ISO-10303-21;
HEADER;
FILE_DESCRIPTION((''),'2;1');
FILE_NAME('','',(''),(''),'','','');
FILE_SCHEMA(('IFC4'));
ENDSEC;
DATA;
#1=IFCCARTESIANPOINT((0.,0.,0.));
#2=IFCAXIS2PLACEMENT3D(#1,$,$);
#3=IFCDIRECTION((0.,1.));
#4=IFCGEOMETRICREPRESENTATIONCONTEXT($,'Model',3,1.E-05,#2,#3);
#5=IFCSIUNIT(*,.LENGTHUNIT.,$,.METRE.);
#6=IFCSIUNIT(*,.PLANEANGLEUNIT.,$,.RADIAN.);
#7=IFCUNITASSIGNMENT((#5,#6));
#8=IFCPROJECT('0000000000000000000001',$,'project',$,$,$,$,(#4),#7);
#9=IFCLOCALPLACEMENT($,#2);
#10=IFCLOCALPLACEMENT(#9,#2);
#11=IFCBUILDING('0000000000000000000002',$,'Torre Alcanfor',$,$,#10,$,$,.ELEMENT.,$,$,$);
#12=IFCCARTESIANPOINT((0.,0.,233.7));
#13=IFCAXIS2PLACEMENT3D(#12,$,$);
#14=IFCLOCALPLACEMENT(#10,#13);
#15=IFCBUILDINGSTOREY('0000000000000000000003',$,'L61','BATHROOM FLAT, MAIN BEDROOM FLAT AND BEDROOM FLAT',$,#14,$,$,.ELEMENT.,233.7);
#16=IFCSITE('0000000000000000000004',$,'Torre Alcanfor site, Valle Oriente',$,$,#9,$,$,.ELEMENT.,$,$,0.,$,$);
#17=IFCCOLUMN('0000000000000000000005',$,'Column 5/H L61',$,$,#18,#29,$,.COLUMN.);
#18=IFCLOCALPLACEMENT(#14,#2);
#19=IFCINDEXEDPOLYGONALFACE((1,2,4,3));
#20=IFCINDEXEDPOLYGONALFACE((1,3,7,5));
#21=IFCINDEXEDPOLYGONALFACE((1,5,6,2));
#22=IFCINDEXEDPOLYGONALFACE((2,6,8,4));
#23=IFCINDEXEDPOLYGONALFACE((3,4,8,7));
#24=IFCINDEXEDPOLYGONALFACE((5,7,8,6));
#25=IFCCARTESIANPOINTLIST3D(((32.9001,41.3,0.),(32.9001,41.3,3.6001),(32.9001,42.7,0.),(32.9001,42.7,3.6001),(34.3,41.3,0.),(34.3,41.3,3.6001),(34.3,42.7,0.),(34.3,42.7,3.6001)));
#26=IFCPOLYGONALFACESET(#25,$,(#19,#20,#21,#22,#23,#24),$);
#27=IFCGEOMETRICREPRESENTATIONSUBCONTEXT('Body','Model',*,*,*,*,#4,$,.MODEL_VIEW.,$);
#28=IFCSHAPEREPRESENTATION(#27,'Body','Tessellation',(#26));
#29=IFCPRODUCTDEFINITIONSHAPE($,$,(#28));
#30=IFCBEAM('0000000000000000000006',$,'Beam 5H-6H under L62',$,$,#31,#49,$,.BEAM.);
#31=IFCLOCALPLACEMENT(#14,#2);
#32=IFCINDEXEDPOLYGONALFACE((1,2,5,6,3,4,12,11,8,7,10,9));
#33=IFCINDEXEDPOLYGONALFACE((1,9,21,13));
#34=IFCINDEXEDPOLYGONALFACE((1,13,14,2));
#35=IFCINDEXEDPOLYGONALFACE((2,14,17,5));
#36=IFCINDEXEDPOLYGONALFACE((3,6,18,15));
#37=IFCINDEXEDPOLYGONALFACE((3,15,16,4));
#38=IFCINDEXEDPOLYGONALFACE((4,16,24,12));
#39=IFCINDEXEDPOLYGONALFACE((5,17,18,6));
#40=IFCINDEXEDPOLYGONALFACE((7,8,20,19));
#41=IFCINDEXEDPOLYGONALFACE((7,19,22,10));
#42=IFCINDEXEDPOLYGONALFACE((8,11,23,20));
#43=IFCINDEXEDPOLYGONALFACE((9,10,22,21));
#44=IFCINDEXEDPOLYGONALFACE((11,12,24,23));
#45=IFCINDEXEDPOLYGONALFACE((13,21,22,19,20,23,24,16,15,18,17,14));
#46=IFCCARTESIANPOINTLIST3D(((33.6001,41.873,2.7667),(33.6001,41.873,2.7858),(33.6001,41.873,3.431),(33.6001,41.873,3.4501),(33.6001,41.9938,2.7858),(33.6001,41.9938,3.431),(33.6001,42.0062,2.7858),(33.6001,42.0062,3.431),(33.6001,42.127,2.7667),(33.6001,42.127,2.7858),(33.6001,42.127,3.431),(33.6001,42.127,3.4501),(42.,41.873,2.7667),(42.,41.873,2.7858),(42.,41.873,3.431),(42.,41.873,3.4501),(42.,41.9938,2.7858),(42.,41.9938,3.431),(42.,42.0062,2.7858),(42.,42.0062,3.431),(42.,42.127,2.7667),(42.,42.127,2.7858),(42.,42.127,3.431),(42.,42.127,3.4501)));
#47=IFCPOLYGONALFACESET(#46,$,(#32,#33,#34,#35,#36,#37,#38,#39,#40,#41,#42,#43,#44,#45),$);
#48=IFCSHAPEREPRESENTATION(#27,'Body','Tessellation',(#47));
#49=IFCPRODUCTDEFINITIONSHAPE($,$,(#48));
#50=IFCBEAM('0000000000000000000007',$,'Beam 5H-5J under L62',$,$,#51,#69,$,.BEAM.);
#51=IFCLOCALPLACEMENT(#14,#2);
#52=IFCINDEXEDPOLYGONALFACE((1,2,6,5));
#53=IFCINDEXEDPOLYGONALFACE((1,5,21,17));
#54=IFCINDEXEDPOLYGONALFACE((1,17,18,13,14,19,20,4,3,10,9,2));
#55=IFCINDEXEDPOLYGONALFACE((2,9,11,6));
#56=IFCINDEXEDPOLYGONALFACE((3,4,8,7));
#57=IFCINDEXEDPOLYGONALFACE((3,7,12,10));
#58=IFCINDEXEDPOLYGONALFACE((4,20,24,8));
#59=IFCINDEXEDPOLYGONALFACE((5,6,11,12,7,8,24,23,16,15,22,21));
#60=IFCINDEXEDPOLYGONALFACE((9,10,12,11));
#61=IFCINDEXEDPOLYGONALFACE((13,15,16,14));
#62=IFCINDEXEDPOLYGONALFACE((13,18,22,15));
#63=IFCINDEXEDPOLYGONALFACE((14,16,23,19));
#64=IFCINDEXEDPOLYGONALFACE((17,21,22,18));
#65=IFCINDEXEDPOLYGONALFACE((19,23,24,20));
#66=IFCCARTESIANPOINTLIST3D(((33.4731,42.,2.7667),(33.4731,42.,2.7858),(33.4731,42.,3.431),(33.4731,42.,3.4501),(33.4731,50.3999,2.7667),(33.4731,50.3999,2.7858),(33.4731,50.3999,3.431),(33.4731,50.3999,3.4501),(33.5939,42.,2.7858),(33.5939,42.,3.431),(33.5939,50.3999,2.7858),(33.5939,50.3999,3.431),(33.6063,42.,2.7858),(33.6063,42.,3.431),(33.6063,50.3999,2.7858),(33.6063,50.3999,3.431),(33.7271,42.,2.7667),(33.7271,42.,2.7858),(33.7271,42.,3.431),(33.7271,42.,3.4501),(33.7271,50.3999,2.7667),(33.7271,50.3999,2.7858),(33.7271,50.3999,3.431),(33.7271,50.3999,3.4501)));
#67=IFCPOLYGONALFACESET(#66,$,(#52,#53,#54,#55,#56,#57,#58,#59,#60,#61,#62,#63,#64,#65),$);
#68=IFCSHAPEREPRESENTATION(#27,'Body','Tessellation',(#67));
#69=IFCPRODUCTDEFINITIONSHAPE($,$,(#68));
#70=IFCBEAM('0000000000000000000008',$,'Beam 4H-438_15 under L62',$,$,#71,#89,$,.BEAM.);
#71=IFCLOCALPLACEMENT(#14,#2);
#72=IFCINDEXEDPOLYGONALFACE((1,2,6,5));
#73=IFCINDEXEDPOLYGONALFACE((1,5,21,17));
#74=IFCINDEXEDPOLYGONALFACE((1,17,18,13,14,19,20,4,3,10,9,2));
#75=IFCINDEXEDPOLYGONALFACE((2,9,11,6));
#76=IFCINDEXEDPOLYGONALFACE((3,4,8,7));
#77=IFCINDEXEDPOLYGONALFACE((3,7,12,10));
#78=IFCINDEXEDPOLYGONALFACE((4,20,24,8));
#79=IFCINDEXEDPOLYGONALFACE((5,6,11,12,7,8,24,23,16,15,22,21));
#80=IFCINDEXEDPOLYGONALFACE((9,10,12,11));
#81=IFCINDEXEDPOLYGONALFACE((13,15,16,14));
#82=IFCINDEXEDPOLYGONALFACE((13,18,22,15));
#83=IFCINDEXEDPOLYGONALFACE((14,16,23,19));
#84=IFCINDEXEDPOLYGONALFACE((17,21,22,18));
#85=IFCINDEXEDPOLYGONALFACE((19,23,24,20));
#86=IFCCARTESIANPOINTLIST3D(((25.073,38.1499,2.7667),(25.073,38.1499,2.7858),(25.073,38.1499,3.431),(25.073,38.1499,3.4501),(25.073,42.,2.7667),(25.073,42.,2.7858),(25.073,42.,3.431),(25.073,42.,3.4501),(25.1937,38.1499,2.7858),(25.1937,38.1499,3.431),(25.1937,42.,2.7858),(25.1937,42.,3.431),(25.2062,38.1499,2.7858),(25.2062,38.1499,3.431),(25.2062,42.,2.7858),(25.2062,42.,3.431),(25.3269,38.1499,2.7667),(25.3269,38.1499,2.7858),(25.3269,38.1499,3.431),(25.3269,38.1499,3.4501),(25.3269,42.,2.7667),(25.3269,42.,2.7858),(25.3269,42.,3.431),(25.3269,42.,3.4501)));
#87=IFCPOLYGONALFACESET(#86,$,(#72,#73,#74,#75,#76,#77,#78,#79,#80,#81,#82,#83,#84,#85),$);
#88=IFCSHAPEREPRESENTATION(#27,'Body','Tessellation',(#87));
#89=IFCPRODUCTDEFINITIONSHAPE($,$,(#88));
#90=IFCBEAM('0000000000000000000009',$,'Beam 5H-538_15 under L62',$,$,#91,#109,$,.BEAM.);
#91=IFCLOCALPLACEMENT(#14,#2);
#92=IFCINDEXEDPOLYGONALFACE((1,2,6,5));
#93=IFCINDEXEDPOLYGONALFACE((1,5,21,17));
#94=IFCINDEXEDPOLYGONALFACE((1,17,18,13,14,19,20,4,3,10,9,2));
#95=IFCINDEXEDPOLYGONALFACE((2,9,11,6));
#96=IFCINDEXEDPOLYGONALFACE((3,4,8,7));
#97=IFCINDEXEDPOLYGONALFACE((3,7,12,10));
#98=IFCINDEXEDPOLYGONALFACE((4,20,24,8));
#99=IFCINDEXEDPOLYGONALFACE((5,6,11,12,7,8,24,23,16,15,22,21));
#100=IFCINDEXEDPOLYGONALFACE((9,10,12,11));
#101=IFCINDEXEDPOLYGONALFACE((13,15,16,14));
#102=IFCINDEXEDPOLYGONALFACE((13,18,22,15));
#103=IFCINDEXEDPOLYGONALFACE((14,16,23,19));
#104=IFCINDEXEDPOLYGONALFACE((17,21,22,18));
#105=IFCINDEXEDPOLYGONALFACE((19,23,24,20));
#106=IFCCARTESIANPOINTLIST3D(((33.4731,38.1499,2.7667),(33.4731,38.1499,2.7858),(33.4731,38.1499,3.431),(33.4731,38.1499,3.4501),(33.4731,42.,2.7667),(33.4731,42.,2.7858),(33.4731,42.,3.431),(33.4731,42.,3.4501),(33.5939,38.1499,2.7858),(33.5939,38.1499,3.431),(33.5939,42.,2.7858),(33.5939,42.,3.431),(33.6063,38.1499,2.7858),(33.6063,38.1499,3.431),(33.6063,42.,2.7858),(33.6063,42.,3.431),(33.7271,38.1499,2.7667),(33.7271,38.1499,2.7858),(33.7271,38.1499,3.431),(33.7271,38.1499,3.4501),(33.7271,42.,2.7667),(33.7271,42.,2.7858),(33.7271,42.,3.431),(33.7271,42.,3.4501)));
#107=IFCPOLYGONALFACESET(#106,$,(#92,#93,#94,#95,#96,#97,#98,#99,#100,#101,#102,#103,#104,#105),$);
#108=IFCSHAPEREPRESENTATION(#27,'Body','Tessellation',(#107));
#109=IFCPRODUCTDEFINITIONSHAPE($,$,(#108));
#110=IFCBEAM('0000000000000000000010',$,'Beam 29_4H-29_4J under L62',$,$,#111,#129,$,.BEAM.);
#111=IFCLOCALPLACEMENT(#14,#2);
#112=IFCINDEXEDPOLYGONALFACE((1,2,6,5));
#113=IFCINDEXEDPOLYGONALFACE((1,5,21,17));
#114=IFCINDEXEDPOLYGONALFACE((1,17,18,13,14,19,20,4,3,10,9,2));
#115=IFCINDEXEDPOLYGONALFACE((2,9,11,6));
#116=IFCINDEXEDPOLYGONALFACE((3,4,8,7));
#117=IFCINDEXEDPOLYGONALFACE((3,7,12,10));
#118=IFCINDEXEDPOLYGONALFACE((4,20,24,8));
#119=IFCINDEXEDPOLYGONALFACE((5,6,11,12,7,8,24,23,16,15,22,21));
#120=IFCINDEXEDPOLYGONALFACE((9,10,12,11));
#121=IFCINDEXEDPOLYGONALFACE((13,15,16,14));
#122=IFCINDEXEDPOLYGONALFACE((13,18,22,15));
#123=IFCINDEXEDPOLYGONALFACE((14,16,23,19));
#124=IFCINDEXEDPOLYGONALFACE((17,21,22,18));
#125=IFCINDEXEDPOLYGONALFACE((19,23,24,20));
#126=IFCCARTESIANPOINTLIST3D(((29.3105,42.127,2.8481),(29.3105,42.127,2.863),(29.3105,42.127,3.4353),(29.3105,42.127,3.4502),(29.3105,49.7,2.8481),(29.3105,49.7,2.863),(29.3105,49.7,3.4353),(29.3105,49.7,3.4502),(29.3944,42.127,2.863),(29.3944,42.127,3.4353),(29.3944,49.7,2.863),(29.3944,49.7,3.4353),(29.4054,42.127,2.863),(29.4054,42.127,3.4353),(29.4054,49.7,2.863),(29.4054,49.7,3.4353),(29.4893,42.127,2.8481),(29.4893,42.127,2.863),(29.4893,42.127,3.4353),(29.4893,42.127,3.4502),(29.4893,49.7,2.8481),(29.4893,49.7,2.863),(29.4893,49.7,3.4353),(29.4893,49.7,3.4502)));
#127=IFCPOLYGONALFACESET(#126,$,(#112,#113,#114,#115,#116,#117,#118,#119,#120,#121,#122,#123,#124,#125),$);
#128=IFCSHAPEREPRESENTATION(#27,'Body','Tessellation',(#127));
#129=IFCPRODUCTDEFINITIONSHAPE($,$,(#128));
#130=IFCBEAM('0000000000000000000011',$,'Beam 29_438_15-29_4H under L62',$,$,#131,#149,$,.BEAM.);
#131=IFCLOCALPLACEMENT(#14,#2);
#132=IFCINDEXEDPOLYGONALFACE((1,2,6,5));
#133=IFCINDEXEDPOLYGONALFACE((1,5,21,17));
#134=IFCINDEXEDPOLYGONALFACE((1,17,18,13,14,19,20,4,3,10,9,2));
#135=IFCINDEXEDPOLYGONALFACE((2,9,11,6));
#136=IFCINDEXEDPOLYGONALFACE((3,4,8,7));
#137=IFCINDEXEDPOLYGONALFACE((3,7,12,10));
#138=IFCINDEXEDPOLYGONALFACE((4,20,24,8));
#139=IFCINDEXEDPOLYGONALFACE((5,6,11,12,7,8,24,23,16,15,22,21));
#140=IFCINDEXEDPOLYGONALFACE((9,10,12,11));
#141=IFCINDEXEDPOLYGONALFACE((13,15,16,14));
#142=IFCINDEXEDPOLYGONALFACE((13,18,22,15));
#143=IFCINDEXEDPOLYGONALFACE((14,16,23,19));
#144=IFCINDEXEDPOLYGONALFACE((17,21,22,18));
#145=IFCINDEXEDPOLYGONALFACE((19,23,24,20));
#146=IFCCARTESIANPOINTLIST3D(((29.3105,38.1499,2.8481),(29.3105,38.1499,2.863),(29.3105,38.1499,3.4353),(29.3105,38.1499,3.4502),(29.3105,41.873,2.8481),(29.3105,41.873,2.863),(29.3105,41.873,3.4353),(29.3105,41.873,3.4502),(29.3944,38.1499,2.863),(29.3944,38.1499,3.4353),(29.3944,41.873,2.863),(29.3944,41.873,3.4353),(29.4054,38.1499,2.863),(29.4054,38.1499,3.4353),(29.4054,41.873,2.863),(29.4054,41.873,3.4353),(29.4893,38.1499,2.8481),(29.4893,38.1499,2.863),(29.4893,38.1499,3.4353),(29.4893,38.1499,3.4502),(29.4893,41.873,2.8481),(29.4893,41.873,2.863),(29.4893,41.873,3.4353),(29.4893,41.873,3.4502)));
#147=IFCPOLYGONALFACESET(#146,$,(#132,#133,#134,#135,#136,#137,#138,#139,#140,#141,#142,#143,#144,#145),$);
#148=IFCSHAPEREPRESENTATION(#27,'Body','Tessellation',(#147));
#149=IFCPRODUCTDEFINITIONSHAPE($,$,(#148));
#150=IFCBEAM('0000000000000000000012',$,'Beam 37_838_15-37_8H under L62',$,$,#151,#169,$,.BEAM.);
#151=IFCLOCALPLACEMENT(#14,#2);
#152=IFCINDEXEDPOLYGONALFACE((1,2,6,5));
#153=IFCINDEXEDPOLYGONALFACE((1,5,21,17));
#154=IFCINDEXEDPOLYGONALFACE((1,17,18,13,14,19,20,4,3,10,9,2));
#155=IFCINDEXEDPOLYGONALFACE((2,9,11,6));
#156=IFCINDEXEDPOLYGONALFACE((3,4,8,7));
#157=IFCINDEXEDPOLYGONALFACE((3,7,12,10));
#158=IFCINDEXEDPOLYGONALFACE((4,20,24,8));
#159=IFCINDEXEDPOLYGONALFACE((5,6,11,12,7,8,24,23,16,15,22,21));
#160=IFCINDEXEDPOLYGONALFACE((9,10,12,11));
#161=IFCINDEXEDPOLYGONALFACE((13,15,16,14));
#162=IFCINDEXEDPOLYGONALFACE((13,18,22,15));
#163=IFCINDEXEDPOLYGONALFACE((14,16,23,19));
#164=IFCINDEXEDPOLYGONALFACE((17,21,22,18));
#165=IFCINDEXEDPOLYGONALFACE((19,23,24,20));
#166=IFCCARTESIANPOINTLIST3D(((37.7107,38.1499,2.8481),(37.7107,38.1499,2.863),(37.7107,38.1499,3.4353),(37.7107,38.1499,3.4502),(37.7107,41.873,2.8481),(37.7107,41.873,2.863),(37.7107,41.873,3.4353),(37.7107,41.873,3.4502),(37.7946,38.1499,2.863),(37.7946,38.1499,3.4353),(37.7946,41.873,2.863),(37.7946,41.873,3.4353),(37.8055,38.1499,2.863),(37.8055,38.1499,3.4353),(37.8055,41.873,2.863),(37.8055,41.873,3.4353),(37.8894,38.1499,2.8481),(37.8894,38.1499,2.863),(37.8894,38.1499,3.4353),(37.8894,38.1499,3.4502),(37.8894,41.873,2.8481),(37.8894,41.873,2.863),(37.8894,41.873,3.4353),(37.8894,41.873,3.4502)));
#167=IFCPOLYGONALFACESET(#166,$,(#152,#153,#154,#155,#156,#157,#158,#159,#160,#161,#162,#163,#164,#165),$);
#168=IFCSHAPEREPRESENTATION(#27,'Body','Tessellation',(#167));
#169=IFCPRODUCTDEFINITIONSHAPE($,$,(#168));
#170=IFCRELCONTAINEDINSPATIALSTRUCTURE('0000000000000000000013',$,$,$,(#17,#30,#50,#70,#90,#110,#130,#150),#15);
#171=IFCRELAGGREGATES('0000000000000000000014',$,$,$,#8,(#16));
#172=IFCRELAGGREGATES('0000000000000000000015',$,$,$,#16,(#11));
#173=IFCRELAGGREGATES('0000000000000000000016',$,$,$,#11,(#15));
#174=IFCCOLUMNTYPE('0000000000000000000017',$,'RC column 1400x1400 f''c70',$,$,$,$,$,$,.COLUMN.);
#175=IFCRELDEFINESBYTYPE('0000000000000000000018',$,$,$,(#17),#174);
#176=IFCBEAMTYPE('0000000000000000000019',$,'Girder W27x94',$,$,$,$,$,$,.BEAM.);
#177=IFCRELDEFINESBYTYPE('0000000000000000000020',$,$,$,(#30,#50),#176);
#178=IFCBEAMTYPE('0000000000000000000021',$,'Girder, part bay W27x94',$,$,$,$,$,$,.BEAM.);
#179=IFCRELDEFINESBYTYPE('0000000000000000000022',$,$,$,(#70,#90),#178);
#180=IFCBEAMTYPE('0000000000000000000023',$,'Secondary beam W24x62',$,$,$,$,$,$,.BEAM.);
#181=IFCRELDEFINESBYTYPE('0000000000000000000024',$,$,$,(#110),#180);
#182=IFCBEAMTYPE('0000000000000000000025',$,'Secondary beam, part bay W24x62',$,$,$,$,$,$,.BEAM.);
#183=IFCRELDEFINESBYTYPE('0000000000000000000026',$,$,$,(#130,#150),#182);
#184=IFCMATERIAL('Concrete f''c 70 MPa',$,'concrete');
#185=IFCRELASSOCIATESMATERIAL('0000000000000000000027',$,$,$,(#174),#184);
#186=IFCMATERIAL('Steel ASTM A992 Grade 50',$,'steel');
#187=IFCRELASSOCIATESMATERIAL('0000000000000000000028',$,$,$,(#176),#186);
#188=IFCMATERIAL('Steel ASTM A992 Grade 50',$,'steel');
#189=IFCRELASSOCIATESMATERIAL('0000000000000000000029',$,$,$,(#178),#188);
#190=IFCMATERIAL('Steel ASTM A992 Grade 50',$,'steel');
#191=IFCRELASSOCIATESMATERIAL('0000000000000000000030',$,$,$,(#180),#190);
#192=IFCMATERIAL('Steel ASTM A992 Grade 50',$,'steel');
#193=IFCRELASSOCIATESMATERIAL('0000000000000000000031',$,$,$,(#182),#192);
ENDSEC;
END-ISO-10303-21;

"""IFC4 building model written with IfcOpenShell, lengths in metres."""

from ifc_helpers import new_model, si_unit, direction, frame, origin, origin_2d, place, context, subcontext, project, spatial, rectangle, i_section, extrude, material, material_profile, profile_set, type_object, element, save


model = new_model("IFC4")

# Units and contexts
model_context = context("Model", 3, precision=1e-05, world=origin(), true_north=direction((0.0, 1.0)))
body_context = subcontext(model_context, "Body", "Model", "MODEL_VIEW")
ifc_project = project(units=[si_unit("LENGTHUNIT", "METRE"), si_unit("PLANEANGLEUNIT", "RADIAN")], contexts=[model_context])

# Site, building, storey
site_placement = place(None, origin())
site = spatial("IfcSite", under=ifc_project, at=site_placement, Name="Torre Alcanfor site, Valle Oriente", CompositionType="ELEMENT", RefElevation=0.0)
building_placement = place(site_placement, origin())
building = spatial("IfcBuilding", under=site, at=building_placement, Name="Torre Alcanfor", CompositionType="ELEMENT")
storey_placement = place(building_placement, frame((0.0, 0.0, 233.7)))
storey = spatial("IfcBuildingStorey", under=building, at=storey_placement, Name="L61", Description="BATHROOM FLAT, MAIN BEDROOM FLAT AND BEDROOM FLAT", CompositionType="ELEMENT", Elevation=233.7)

# Column
ifc_material_1 = material(Name="Concrete f'c 70 MPa", Category="concrete")
ifc_material_profile_1 = material_profile(ifc_material_1, rectangle(XDim=1.3999, YDim=1.3999, at=origin_2d()), Name="1400x1400")
ifc_profile_set_1 = profile_set([ifc_material_profile_1], Name="Concrete f'c 70 MPa")
column_type = type_object("IfcColumnType", Name="RC column 1400x1400 f'c70", PredefinedType="COLUMN", material=ifc_profile_set_1)
column_placement = place(storey_placement, frame((33.6001, 42.0, 0.0), z_axis=(0.0, 0.0, 1.0), x_axis=(1.0, 0.0, 0.0)))
element("IfcColumn", 1, at=column_placement, inside=storey, type_object=column_type, Name="Column 5/H L61", PredefinedType="COLUMN", context=body_context, shape_type="SweptSolid", body=[
    extrude(rectangle(XDim=1.3999, YDim=1.3999, at=origin_2d()), origin(), (0.0, 0.0, 1.0), 3.6001),
])

# Beams
ifc_material_2 = material(Name="Steel ASTM A992 Grade 50", Category="steel")
ifc_material_profile_2 = material_profile(ifc_material_2, i_section(OverallWidth=0.2539, OverallDepth=0.6833, WebThickness=0.0125, FlangeThickness=0.019, at=origin_2d()), Name="W27x94")
ifc_profile_set_2 = profile_set([ifc_material_profile_2], Name="Steel ASTM A992 Grade 50")
beam_type_1 = type_object("IfcBeamType", Name="Girder W27x94", PredefinedType="BEAM", material=ifc_profile_set_2)
for number, where, z_axis, x_axis, name in (
    (2, (33.6001, 42.0, 3.1084), (1.0, 0.0, 0.0), (0.0, 1.0, 0.0), "Beam 5H-6H under L62"),
    (3, (33.6001, 42.0, 3.1084), (0.0, 1.0, 0.0), (-1.0, 0.0, 0.0), "Beam 5H-5J under L62"),
):
    element("IfcBeam", number, at=place(storey_placement, frame(where, z_axis=z_axis, x_axis=x_axis)), inside=storey, type_object=beam_type_1, Name=name, PredefinedType="BEAM", context=body_context, shape_type="SweptSolid", body=[
        extrude(i_section(OverallWidth=0.2539, OverallDepth=0.6833, WebThickness=0.0125, FlangeThickness=0.019, at=origin_2d()), origin(), (0.0, 0.0, 1.0), 8.3999),
    ])
ifc_material_3 = material(Name="Steel ASTM A992 Grade 50", Category="steel")
ifc_material_profile_3 = material_profile(ifc_material_3, i_section(OverallWidth=0.2539, OverallDepth=0.6833, WebThickness=0.0125, FlangeThickness=0.019, at=origin_2d()), Name="W27x94")
ifc_profile_set_3 = profile_set([ifc_material_profile_3], Name="Steel ASTM A992 Grade 50")
beam_type_2 = type_object("IfcBeamType", Name="Girder, part bay W27x94", PredefinedType="BEAM", material=ifc_profile_set_3)
for number, where, z_axis, x_axis, name in (
    (4, (25.2, 42.0, 3.1084), (0.0, -1.0, 0.0), (1.0, 0.0, 0.0), "Beam 4H-438_15 under L62"),
    (5, (33.6001, 42.0, 3.1084), (0.0, -1.0, 0.0), (1.0, 0.0, 0.0), "Beam 5H-538_15 under L62"),
):
    element("IfcBeam", number, at=place(storey_placement, frame(where, z_axis=z_axis, x_axis=x_axis)), inside=storey, type_object=beam_type_2, Name=name, PredefinedType="BEAM", context=body_context, shape_type="SweptSolid", body=[
        extrude(i_section(OverallWidth=0.2539, OverallDepth=0.6833, WebThickness=0.0125, FlangeThickness=0.019, at=origin_2d()), origin(), (0.0, 0.0, 1.0), 3.8501),
    ])
ifc_material_4 = material(Name="Steel ASTM A992 Grade 50", Category="steel")
ifc_material_profile_4 = material_profile(ifc_material_4, i_section(OverallWidth=0.1787, OverallDepth=0.6021, WebThickness=0.011, FlangeThickness=0.0149, at=origin_2d()), Name="W24x62")
ifc_profile_set_4 = profile_set([ifc_material_profile_4], Name="Steel ASTM A992 Grade 50")
beam_type_3 = type_object("IfcBeamType", Name="Secondary beam W24x62", PredefinedType="BEAM", material=ifc_profile_set_4)
beam_1_placement = place(storey_placement, frame((29.3999, 42.127, 3.1492), z_axis=(0.0, 1.0, 0.0), x_axis=(-1.0, 0.0, 0.0)))
element("IfcBeam", 6, at=beam_1_placement, inside=storey, type_object=beam_type_3, Name="Beam 29_4H-29_4J under L62", PredefinedType="BEAM", context=body_context, shape_type="SweptSolid", body=[
    extrude(i_section(OverallWidth=0.1787, OverallDepth=0.6021, WebThickness=0.011, FlangeThickness=0.0149, at=origin_2d()), origin(), (0.0, 0.0, 1.0), 7.573),
])
ifc_material_5 = material(Name="Steel ASTM A992 Grade 50", Category="steel")
ifc_material_profile_5 = material_profile(ifc_material_5, i_section(OverallWidth=0.1787, OverallDepth=0.6021, WebThickness=0.011, FlangeThickness=0.0149, at=origin_2d()), Name="W24x62")
ifc_profile_set_5 = profile_set([ifc_material_profile_5], Name="Steel ASTM A992 Grade 50")
beam_type_4 = type_object("IfcBeamType", Name="Secondary beam, part bay W24x62", PredefinedType="BEAM", material=ifc_profile_set_5)
for number, where, z_axis, x_axis, name in (
    (7, (29.3999, 38.1499, 3.1492), (0.0, 1.0, 0.0), (-1.0, 0.0, 0.0), "Beam 29_438_15-29_4H under L62"),
    (8, (37.8, 38.1499, 3.1492), (0.0, 1.0, 0.0), (-1.0, 0.0, 0.0), "Beam 37_838_15-37_8H under L62"),
):
    element("IfcBeam", number, at=place(storey_placement, frame(where, z_axis=z_axis, x_axis=x_axis)), inside=storey, type_object=beam_type_4, Name=name, PredefinedType="BEAM", context=body_context, shape_type="SweptSolid", body=[
        extrude(i_section(OverallWidth=0.1787, OverallDepth=0.6021, WebThickness=0.011, FlangeThickness=0.0149, at=origin_2d()), origin(), (0.0, 0.0, 1.0), 3.7231),
    ])

save(model, "model.ifc")
